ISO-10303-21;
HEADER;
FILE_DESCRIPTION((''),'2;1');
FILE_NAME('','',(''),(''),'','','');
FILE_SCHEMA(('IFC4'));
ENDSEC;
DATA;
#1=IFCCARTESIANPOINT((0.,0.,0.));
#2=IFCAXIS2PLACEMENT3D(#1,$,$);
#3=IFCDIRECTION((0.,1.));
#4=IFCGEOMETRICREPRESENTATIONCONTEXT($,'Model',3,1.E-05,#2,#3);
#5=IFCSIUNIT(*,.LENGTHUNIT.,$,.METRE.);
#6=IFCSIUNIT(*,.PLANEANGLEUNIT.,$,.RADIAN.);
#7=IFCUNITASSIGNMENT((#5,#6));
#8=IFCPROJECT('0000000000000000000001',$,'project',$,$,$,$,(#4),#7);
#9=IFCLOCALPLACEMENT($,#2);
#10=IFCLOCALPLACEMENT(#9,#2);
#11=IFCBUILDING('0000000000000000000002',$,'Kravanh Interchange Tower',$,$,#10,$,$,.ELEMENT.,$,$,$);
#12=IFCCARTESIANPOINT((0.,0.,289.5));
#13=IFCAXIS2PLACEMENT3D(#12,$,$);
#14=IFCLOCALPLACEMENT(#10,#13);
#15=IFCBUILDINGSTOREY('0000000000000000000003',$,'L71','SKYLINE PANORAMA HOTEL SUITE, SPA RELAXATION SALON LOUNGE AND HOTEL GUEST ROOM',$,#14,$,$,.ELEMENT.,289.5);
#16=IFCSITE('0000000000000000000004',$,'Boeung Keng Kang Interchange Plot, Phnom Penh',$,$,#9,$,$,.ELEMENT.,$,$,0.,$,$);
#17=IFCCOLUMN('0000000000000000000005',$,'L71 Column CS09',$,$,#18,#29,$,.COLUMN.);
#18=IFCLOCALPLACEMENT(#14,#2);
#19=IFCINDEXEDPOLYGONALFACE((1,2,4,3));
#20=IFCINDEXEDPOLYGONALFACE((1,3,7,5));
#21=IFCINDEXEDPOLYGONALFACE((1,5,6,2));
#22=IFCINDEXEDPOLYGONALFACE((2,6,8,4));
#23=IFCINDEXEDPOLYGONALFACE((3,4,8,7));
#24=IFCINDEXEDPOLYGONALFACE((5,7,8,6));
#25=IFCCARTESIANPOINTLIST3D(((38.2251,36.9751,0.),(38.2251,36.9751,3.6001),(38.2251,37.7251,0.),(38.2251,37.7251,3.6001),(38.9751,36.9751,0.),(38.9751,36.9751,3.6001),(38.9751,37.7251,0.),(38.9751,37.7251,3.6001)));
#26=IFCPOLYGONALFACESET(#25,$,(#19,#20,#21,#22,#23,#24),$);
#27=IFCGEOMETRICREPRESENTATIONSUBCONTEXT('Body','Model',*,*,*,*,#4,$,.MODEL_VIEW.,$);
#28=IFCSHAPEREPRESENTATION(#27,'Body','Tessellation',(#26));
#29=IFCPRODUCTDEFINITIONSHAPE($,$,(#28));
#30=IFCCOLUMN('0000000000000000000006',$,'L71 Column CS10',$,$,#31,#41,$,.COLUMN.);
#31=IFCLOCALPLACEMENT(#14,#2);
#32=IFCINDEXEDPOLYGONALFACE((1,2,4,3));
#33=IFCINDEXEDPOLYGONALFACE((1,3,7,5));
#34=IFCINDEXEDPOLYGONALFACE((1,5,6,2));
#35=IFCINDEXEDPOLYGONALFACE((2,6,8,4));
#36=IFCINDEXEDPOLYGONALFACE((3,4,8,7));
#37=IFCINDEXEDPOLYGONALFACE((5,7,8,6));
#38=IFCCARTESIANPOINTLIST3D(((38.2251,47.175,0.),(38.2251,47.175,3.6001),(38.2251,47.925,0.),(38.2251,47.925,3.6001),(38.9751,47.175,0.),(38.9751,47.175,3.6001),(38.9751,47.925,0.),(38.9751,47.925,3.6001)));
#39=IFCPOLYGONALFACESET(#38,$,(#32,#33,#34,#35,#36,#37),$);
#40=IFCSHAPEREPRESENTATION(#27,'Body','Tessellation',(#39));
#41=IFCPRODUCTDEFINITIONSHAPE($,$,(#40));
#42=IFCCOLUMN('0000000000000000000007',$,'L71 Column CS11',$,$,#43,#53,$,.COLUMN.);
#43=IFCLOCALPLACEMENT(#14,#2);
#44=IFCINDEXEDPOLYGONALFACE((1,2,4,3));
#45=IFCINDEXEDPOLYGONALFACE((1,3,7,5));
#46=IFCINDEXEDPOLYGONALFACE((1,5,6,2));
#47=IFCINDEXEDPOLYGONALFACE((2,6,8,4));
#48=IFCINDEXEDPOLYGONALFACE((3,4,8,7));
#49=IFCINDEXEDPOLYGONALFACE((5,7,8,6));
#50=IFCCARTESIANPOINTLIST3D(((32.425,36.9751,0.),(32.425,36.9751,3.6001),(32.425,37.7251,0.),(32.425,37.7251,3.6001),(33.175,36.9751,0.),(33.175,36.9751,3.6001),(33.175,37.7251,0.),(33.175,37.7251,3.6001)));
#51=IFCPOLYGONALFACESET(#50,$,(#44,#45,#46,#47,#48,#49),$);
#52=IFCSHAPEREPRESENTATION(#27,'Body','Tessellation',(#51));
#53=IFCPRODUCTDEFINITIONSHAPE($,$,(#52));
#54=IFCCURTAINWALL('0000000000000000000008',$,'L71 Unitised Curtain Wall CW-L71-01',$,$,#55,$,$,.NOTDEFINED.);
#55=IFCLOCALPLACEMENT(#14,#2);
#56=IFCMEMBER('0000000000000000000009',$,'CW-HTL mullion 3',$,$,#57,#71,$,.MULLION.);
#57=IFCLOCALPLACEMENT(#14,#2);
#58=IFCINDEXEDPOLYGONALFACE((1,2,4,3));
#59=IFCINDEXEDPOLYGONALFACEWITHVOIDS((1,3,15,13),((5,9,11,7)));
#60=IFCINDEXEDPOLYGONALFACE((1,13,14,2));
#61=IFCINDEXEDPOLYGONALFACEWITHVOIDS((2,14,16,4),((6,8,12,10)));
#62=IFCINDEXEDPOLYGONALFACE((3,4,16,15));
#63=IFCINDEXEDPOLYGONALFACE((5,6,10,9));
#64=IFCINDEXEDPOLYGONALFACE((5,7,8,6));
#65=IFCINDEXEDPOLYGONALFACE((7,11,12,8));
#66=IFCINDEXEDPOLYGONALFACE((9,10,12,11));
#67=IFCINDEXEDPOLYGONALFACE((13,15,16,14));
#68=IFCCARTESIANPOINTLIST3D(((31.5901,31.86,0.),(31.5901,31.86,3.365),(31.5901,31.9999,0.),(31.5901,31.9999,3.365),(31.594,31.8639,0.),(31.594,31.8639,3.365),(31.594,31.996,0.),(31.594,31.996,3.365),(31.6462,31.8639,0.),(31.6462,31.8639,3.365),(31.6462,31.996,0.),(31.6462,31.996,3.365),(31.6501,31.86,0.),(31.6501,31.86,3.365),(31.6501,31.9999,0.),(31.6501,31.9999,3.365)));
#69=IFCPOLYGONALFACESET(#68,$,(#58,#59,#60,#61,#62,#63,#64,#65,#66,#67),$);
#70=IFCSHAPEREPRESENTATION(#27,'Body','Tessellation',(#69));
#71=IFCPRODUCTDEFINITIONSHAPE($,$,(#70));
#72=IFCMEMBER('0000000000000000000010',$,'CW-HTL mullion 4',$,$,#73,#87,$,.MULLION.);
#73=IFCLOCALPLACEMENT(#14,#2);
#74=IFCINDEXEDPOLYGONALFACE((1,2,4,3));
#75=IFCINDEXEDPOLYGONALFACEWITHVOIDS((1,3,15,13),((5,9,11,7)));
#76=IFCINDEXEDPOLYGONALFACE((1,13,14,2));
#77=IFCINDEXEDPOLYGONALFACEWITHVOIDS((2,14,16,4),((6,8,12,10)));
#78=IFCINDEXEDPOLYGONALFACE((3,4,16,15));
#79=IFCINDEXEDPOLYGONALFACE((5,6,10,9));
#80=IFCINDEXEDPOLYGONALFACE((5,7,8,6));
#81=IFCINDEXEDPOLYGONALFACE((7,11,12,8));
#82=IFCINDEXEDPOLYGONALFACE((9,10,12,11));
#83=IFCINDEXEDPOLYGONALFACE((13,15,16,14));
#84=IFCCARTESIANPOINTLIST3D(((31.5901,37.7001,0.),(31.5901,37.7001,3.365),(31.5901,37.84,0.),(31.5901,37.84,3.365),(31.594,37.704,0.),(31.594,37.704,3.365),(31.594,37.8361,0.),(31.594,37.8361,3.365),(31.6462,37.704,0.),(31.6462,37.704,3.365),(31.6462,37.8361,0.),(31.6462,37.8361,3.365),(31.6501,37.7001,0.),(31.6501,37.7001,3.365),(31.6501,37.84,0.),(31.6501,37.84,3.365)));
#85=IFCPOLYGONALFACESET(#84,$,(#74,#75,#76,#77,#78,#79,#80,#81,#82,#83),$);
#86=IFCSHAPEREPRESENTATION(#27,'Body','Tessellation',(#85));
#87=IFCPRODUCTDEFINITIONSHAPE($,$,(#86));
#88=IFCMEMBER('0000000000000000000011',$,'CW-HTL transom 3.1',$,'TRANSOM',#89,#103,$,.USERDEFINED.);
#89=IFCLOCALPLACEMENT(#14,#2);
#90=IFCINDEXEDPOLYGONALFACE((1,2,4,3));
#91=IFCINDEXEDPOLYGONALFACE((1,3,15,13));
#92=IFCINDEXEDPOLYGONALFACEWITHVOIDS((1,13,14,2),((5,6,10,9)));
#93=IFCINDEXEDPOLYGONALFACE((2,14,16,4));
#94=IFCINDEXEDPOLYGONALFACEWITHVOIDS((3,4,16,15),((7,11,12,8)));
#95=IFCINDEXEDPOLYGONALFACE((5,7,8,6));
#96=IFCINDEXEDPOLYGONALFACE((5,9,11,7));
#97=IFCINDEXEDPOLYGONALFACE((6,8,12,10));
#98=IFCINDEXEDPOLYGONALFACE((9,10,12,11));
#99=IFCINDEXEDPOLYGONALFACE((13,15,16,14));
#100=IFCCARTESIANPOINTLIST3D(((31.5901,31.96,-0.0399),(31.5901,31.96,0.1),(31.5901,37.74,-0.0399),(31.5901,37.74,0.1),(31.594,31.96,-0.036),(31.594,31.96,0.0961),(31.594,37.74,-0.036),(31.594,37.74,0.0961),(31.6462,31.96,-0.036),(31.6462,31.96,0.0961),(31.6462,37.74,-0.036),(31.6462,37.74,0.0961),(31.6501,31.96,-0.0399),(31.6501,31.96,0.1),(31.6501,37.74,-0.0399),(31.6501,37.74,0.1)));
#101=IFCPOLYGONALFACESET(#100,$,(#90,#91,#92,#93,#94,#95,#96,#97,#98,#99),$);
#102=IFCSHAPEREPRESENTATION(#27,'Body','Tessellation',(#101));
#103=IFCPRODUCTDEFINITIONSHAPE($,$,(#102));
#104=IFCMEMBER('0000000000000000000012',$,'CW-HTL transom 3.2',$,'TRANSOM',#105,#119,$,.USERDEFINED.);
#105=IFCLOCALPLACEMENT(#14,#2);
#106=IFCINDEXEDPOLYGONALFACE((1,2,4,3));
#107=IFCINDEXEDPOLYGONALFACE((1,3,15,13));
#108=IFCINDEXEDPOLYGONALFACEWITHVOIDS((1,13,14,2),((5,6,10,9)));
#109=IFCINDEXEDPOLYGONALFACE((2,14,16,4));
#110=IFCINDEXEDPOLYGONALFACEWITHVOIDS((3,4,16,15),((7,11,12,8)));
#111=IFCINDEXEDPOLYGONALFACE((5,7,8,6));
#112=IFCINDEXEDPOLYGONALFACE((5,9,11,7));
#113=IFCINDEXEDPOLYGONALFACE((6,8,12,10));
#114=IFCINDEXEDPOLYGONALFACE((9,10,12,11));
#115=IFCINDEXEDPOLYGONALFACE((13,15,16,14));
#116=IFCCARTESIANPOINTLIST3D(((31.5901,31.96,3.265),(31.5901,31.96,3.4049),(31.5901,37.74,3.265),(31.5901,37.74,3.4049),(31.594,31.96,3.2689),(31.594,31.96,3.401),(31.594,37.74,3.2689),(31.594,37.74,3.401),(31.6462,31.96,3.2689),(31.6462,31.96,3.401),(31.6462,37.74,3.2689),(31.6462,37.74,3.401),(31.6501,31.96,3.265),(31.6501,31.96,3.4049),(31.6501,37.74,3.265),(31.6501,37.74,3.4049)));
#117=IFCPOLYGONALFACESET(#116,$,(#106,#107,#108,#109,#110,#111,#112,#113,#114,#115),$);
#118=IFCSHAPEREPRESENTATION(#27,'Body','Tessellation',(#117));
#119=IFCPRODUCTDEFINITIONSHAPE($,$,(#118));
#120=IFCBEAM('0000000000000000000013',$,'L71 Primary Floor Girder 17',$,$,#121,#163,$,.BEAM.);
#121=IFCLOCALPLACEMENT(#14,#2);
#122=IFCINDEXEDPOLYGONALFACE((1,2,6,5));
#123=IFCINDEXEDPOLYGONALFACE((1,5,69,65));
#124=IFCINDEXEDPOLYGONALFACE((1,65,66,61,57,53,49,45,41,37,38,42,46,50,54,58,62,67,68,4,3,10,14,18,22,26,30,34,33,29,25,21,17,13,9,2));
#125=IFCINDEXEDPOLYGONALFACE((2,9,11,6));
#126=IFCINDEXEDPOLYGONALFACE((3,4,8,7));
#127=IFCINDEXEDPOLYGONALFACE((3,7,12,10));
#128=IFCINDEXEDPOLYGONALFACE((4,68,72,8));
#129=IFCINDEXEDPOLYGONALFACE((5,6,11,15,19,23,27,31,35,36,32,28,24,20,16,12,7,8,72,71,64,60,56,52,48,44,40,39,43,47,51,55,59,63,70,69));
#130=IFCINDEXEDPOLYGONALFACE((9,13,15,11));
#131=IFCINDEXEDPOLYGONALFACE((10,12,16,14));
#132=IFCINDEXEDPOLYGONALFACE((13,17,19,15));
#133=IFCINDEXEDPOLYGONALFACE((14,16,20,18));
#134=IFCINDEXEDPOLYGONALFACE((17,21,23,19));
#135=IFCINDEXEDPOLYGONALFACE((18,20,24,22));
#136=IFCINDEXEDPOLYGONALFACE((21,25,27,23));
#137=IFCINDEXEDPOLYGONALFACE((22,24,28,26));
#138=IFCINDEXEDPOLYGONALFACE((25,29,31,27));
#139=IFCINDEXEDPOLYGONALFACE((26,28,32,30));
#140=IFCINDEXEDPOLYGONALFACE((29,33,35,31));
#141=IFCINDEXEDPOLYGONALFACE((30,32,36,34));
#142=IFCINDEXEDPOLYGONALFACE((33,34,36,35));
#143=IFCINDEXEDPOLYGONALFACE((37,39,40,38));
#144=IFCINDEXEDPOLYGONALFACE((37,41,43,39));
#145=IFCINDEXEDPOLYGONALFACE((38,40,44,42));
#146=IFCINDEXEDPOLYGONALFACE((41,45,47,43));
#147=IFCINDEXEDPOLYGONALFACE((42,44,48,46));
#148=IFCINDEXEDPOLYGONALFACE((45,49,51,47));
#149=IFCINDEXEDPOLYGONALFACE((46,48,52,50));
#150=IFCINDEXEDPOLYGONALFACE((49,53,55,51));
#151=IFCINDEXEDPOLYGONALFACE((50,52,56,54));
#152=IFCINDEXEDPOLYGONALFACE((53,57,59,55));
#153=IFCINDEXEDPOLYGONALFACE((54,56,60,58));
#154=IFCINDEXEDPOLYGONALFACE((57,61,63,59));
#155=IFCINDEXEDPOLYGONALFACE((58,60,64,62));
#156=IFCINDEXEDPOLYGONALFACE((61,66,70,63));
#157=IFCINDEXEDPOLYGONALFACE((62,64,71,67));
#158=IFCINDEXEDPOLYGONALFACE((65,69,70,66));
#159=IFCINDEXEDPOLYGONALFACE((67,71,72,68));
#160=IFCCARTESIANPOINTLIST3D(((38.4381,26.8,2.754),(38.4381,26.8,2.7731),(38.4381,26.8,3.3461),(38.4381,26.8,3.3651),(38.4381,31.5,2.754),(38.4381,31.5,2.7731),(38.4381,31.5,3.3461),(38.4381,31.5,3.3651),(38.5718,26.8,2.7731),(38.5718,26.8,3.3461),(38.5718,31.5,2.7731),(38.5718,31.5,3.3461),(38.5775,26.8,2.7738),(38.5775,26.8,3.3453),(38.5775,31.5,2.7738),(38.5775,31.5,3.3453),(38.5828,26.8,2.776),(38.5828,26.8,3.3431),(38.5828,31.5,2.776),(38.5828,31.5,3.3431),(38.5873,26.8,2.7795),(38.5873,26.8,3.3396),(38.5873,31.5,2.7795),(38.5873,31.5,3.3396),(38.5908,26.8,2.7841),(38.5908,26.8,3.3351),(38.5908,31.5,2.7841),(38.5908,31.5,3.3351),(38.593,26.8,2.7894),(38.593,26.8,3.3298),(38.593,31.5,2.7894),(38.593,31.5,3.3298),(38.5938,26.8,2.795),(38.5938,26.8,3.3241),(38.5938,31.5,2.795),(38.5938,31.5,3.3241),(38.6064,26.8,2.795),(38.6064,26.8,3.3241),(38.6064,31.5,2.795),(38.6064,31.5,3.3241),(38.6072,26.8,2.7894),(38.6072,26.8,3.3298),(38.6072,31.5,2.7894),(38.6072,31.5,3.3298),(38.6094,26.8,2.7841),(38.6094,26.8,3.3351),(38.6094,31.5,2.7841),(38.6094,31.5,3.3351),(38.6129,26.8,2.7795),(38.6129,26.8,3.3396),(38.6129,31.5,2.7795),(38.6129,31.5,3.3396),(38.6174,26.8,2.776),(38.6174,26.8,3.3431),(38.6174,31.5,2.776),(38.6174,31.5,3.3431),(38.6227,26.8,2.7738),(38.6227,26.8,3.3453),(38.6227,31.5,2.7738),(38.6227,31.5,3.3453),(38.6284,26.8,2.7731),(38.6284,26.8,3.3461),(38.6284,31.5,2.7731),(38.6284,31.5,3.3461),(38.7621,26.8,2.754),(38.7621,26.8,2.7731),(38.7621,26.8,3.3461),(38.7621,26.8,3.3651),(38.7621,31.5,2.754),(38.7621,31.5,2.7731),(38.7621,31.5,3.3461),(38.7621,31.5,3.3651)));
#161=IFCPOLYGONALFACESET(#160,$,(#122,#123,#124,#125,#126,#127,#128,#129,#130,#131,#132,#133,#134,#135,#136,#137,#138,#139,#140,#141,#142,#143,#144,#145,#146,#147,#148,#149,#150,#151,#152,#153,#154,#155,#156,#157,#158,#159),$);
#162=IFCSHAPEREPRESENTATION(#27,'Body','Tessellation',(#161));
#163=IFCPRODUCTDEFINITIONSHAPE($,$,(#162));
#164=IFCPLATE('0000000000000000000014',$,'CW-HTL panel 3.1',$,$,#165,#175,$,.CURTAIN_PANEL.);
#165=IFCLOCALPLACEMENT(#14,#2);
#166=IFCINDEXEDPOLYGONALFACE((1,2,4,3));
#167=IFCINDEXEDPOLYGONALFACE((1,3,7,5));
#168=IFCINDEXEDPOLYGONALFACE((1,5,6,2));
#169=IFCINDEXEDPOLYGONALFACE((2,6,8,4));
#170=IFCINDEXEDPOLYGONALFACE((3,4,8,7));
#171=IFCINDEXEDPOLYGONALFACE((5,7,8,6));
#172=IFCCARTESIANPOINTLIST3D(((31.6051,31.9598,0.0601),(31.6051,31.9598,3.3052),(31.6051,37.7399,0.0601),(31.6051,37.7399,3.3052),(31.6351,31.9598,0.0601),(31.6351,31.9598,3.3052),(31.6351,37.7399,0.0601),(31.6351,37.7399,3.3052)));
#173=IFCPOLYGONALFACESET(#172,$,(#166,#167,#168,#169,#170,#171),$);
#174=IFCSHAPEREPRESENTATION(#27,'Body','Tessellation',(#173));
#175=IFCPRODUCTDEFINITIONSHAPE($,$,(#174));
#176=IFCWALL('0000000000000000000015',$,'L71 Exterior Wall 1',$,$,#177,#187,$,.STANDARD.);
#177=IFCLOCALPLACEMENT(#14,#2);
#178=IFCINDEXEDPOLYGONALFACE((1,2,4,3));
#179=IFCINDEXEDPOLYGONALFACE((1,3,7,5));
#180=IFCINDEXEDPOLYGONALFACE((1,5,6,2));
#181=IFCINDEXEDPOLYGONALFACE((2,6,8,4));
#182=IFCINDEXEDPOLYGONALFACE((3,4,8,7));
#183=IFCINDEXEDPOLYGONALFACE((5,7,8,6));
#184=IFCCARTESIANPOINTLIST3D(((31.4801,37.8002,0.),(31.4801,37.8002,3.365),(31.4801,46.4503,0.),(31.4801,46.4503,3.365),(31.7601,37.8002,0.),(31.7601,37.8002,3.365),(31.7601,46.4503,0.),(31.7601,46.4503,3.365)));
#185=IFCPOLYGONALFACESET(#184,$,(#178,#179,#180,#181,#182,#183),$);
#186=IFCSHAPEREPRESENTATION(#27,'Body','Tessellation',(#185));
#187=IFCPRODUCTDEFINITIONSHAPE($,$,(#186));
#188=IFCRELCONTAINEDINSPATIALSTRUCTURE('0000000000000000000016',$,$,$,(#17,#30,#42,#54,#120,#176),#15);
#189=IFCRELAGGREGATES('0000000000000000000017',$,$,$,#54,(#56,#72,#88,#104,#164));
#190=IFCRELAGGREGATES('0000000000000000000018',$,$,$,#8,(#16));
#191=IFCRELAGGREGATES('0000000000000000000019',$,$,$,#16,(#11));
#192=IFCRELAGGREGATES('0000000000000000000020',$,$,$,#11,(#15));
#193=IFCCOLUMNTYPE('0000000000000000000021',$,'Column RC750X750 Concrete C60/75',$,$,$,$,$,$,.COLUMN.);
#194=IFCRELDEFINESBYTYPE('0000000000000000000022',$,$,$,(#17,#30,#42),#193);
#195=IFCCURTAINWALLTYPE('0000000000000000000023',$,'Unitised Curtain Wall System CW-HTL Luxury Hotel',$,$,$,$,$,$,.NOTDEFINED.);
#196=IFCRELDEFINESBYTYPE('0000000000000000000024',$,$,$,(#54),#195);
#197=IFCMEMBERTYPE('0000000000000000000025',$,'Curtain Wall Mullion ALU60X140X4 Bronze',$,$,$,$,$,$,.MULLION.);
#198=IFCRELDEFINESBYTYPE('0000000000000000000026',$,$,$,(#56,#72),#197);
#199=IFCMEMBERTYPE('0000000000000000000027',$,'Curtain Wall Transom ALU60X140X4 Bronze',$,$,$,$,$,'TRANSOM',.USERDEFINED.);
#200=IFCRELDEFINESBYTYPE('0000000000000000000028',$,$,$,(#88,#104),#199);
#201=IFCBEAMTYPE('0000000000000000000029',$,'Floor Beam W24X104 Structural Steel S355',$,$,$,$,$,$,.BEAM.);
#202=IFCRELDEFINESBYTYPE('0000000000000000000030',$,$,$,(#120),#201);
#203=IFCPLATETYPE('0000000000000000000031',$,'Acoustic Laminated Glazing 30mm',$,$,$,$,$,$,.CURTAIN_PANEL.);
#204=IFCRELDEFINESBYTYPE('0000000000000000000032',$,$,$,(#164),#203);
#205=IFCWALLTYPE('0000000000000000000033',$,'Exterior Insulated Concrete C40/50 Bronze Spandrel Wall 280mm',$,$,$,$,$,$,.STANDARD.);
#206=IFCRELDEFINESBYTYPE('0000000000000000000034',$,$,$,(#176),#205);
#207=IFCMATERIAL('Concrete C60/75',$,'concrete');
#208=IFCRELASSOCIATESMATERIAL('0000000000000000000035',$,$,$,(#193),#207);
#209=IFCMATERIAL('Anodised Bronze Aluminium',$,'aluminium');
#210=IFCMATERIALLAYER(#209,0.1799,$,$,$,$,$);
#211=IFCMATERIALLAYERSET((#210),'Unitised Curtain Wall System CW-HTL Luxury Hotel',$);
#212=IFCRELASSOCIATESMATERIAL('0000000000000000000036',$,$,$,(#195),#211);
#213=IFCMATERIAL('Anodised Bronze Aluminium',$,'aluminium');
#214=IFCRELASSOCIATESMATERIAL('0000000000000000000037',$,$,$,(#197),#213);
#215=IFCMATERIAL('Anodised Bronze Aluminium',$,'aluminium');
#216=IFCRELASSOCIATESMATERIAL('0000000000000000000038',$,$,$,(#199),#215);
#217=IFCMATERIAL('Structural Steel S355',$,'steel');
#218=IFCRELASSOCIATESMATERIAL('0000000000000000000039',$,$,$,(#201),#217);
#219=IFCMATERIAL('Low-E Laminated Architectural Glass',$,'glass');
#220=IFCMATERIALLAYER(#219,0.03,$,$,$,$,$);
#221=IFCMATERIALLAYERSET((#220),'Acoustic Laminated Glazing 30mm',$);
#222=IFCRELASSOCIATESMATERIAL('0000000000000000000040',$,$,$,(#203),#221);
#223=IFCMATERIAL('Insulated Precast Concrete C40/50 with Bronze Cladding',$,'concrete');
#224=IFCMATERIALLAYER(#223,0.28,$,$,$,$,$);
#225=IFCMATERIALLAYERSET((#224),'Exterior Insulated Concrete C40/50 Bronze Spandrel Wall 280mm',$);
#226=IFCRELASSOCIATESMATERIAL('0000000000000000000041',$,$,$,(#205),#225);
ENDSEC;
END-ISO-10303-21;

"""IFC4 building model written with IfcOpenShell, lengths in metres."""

from ifc_helpers import new_model, si_unit, direction, frame, frame_2d, origin, origin_2d, place, context, subcontext, project, spatial, rectangle, hollow_rectangle, i_section, extrude, material, layer, layer_set, material_profile, profile_set, type_object, element, aggregate, save


model = new_model("IFC4")

# Units and contexts
model_context = context("Model", 3, precision=1e-05, world=origin(), true_north=direction((0.0, 1.0)))
body_context = subcontext(model_context, "Body", "Model", "MODEL_VIEW")
ifc_project = project(units=[si_unit("LENGTHUNIT", "METRE"), si_unit("PLANEANGLEUNIT", "RADIAN")], contexts=[model_context])

# Site, building, storey
site_placement = place(None, origin())
site = spatial("IfcSite", under=ifc_project, at=site_placement, Name="Boeung Keng Kang Interchange Plot, Phnom Penh", CompositionType="ELEMENT", RefElevation=0.0)
building_placement = place(site_placement, origin())
building = spatial("IfcBuilding", under=site, at=building_placement, Name="Kravanh Interchange Tower", CompositionType="ELEMENT")
storey_placement = place(building_placement, frame((0.0, 0.0, 289.5)))
storey = spatial("IfcBuildingStorey", under=building, at=storey_placement, Name="L71", Description="SKYLINE PANORAMA HOTEL SUITE, SPA RELAXATION SALON LOUNGE AND HOTEL GUEST ROOM", CompositionType="ELEMENT", Elevation=289.5)

# Columns
ifc_material_1 = material(Name="Concrete C60/75", Category="concrete")
ifc_material_profile_1 = material_profile(ifc_material_1, rectangle(XDim=0.75, YDim=0.75, at=origin_2d()), Name="RC750X750")
ifc_profile_set_1 = profile_set([ifc_material_profile_1], Name="Concrete C60/75")
column_type = type_object("IfcColumnType", Name="Column RC750X750 Concrete C60/75", PredefinedType="COLUMN", material=ifc_profile_set_1)
for number, where, z_axis, x_axis, name in (
    (1, (38.6001, 37.3501, 0.0), (0.0, 0.0, 1.0), (1.0, 0.0, 0.0), "L71 Column CS09"),
    (2, (38.6001, 47.55, 0.0), (0.0, 0.0, 1.0), (1.0, 0.0, 0.0), "L71 Column CS10"),
    (3, (32.8, 37.3501, 0.0), (0.0, 0.0, 1.0), (1.0, 0.0, 0.0), "L71 Column CS11"),
):
    element("IfcColumn", number, at=place(storey_placement, frame(where, z_axis=z_axis, x_axis=x_axis)), inside=storey, type_object=column_type, Name=name, PredefinedType="COLUMN", context=body_context, shape_type="SweptSolid", body=[
        extrude(rectangle(XDim=0.75, YDim=0.75, at=origin_2d()), origin(), (0.0, 0.0, 1.0), 3.6001),
    ])

# Curtain wall, members
ifc_material_2 = material(Name="Anodised Bronze Aluminium", Category="aluminium")
ifc_layer_1 = layer(ifc_material_2, 0.1799)
ifc_layer_set_1 = layer_set([ifc_layer_1], Name="Unitised Curtain Wall System CW-HTL Luxury Hotel")
curtain_wall_type = type_object("IfcCurtainWallType", Name="Unitised Curtain Wall System CW-HTL Luxury Hotel", PredefinedType="NOTDEFINED", material=ifc_layer_set_1)
curtain_wall_placement = place(storey_placement, origin())
curtain_wall = element("IfcCurtainWall", 4, at=curtain_wall_placement, inside=storey, type_object=curtain_wall_type, Name="L71 Unitised Curtain Wall CW-L71-01", PredefinedType="NOTDEFINED")
ifc_material_3 = material(Name="Anodised Bronze Aluminium", Category="aluminium")
ifc_material_profile_2 = material_profile(ifc_material_3, hollow_rectangle(XDim=0.0601, YDim=0.1399, WallThickness=0.0039, at=origin_2d()), Name="ALU60X140X4")
ifc_profile_set_2 = profile_set([ifc_material_profile_2], Name="Anodised Bronze Aluminium")
member_type_1 = type_object("IfcMemberType", Name="Curtain Wall Mullion ALU60X140X4 Bronze", PredefinedType="MULLION", material=ifc_profile_set_2)
member_1_placement = place(storey_placement, frame((31.6201, 31.9299, 0.0), z_axis=(0.0, 0.0, 1.0), x_axis=(-1.0, 0.0, 0.0)))
member_1 = element("IfcMember", 5, at=member_1_placement, type_object=member_type_1, Name="CW-HTL mullion 3", PredefinedType="MULLION", context=body_context, shape_type="SweptSolid", body=[
    extrude(hollow_rectangle(XDim=0.0601, YDim=0.1399, WallThickness=0.0039, at=origin_2d()), origin(), (0.0, 0.0, 1.0), 3.365),
])
member_2_placement = place(storey_placement, frame((31.6201, 37.77, 0.0), z_axis=(0.0, 0.0, 1.0), x_axis=(-1.0, 0.0, 0.0)))
member_2 = element("IfcMember", 6, at=member_2_placement, type_object=member_type_1, Name="CW-HTL mullion 4", PredefinedType="MULLION", context=body_context, shape_type="SweptSolid", body=[
    extrude(hollow_rectangle(XDim=0.0601, YDim=0.1399, WallThickness=0.0039, at=origin_2d()), origin(), (0.0, 0.0, 1.0), 3.365),
])
ifc_material_4 = material(Name="Anodised Bronze Aluminium", Category="aluminium")
ifc_material_profile_3 = material_profile(ifc_material_4, hollow_rectangle(XDim=0.0601, YDim=0.1399, WallThickness=0.0039, at=origin_2d()), Name="ALU60X140X4")
ifc_profile_set_3 = profile_set([ifc_material_profile_3], Name="Anodised Bronze Aluminium")
member_type_2 = type_object("IfcMemberType", Name="Curtain Wall Transom ALU60X140X4 Bronze", ElementType="TRANSOM", PredefinedType="USERDEFINED", material=ifc_profile_set_3)
member_3_placement = place(storey_placement, frame((31.6201, 31.96, 0.03), z_axis=(0.0, 1.0, 0.0), x_axis=(-1.0, 0.0, 0.0)))
member_3 = element("IfcMember", 7, at=member_3_placement, type_object=member_type_2, Name="CW-HTL transom 3.1", ObjectType="TRANSOM", PredefinedType="USERDEFINED", context=body_context, shape_type="SweptSolid", body=[
    extrude(hollow_rectangle(XDim=0.0601, YDim=0.1399, WallThickness=0.0039, at=origin_2d()), origin(), (0.0, 0.0, 1.0), 5.78),
])
member_4_placement = place(storey_placement, frame((31.6201, 31.96, 3.335), z_axis=(0.0, 1.0, 0.0), x_axis=(-1.0, 0.0, 0.0)))
member_4 = element("IfcMember", 8, at=member_4_placement, type_object=member_type_2, Name="CW-HTL transom 3.2", ObjectType="TRANSOM", PredefinedType="USERDEFINED", context=body_context, shape_type="SweptSolid", body=[
    extrude(hollow_rectangle(XDim=0.0601, YDim=0.1399, WallThickness=0.0039, at=origin_2d()), origin(), (0.0, 0.0, 1.0), 5.78),
])

# Beam
ifc_material_5 = material(Name="Structural Steel S355", Category="steel")
ifc_material_profile_4 = material_profile(ifc_material_5, i_section(OverallWidth=0.324, OverallDepth=0.6111, WebThickness=0.0127, FlangeThickness=0.019, FilletRadius=0.022, at=origin_2d()), Name="W24X104")
ifc_profile_set_4 = profile_set([ifc_material_profile_4], Name="Structural Steel S355")
beam_type = type_object("IfcBeamType", Name="Floor Beam W24X104 Structural Steel S355", PredefinedType="BEAM", material=ifc_profile_set_4)
beam_placement = place(storey_placement, frame((38.6001, 31.5, 3.0596), z_axis=(0.0, -1.0, 0.0), x_axis=(1.0, 0.0, 0.0)))
element("IfcBeam", 9, at=beam_placement, inside=storey, type_object=beam_type, Name="L71 Primary Floor Girder 17", PredefinedType="BEAM", context=body_context, shape_type="SweptSolid", body=[
    extrude(i_section(OverallWidth=0.324, OverallDepth=0.6111, WebThickness=0.0127, FlangeThickness=0.019, FilletRadius=0.022, at=origin_2d()), origin(), (0.0, 0.0, 1.0), 4.7),
])

# Plate
ifc_material_6 = material(Name="Low-E Laminated Architectural Glass", Category="glass")
ifc_layer_2 = layer(ifc_material_6, 0.03)
ifc_layer_set_2 = layer_set([ifc_layer_2], Name="Acoustic Laminated Glazing 30mm")
plate_type = type_object("IfcPlateType", Name="Acoustic Laminated Glazing 30mm", PredefinedType="CURTAIN_PANEL", material=ifc_layer_set_2)
plate_placement = place(storey_placement, frame((31.6201, 34.8499, 0.0601), z_axis=(0.0, 0.0, 1.0), x_axis=(0.0, 1.0, 0.0)))
plate = element("IfcPlate", 10, at=plate_placement, type_object=plate_type, Name="CW-HTL panel 3.1", PredefinedType="CURTAIN_PANEL", context=body_context, shape_type="SweptSolid", body=[
    extrude(rectangle(XDim=5.78, YDim=0.03, at=origin_2d()), origin(), (0.0, 0.0, 1.0), 3.2451),
])
aggregate(curtain_wall, [member_1, member_2, member_3, member_4, plate])

# Wall
ifc_material_7 = material(Name="Insulated Precast Concrete C40/50 with Bronze Cladding", Category="concrete")
ifc_layer_3 = layer(ifc_material_7, 0.28)
ifc_layer_set_3 = layer_set([ifc_layer_3], Name="Exterior Insulated Concrete C40/50 Bronze Spandrel Wall 280mm")
wall_type_1 = type_object("IfcWallType", Name="Exterior Insulated Concrete C40/50 Bronze Spandrel Wall 280mm", PredefinedType="STANDARD", material=ifc_layer_set_3)
wall_1_placement = place(storey_placement, frame((31.6201, 37.8, 0.0), z_axis=(0.0, 0.0, 1.0), x_axis=(0.0, 1.0, 0.0)))
element("IfcWall", 11, at=wall_1_placement, inside=storey, type_object=wall_type_1, Name="L71 Exterior Wall 1", PredefinedType="STANDARD", context=body_context, shape_type="SweptSolid", body=[
    extrude(rectangle(XDim=8.6501, YDim=0.28, at=frame_2d((4.3252, 0.0))), origin(), (0.0, 0.0, 1.0), 3.365),
])

save(model, "model.ifc")
